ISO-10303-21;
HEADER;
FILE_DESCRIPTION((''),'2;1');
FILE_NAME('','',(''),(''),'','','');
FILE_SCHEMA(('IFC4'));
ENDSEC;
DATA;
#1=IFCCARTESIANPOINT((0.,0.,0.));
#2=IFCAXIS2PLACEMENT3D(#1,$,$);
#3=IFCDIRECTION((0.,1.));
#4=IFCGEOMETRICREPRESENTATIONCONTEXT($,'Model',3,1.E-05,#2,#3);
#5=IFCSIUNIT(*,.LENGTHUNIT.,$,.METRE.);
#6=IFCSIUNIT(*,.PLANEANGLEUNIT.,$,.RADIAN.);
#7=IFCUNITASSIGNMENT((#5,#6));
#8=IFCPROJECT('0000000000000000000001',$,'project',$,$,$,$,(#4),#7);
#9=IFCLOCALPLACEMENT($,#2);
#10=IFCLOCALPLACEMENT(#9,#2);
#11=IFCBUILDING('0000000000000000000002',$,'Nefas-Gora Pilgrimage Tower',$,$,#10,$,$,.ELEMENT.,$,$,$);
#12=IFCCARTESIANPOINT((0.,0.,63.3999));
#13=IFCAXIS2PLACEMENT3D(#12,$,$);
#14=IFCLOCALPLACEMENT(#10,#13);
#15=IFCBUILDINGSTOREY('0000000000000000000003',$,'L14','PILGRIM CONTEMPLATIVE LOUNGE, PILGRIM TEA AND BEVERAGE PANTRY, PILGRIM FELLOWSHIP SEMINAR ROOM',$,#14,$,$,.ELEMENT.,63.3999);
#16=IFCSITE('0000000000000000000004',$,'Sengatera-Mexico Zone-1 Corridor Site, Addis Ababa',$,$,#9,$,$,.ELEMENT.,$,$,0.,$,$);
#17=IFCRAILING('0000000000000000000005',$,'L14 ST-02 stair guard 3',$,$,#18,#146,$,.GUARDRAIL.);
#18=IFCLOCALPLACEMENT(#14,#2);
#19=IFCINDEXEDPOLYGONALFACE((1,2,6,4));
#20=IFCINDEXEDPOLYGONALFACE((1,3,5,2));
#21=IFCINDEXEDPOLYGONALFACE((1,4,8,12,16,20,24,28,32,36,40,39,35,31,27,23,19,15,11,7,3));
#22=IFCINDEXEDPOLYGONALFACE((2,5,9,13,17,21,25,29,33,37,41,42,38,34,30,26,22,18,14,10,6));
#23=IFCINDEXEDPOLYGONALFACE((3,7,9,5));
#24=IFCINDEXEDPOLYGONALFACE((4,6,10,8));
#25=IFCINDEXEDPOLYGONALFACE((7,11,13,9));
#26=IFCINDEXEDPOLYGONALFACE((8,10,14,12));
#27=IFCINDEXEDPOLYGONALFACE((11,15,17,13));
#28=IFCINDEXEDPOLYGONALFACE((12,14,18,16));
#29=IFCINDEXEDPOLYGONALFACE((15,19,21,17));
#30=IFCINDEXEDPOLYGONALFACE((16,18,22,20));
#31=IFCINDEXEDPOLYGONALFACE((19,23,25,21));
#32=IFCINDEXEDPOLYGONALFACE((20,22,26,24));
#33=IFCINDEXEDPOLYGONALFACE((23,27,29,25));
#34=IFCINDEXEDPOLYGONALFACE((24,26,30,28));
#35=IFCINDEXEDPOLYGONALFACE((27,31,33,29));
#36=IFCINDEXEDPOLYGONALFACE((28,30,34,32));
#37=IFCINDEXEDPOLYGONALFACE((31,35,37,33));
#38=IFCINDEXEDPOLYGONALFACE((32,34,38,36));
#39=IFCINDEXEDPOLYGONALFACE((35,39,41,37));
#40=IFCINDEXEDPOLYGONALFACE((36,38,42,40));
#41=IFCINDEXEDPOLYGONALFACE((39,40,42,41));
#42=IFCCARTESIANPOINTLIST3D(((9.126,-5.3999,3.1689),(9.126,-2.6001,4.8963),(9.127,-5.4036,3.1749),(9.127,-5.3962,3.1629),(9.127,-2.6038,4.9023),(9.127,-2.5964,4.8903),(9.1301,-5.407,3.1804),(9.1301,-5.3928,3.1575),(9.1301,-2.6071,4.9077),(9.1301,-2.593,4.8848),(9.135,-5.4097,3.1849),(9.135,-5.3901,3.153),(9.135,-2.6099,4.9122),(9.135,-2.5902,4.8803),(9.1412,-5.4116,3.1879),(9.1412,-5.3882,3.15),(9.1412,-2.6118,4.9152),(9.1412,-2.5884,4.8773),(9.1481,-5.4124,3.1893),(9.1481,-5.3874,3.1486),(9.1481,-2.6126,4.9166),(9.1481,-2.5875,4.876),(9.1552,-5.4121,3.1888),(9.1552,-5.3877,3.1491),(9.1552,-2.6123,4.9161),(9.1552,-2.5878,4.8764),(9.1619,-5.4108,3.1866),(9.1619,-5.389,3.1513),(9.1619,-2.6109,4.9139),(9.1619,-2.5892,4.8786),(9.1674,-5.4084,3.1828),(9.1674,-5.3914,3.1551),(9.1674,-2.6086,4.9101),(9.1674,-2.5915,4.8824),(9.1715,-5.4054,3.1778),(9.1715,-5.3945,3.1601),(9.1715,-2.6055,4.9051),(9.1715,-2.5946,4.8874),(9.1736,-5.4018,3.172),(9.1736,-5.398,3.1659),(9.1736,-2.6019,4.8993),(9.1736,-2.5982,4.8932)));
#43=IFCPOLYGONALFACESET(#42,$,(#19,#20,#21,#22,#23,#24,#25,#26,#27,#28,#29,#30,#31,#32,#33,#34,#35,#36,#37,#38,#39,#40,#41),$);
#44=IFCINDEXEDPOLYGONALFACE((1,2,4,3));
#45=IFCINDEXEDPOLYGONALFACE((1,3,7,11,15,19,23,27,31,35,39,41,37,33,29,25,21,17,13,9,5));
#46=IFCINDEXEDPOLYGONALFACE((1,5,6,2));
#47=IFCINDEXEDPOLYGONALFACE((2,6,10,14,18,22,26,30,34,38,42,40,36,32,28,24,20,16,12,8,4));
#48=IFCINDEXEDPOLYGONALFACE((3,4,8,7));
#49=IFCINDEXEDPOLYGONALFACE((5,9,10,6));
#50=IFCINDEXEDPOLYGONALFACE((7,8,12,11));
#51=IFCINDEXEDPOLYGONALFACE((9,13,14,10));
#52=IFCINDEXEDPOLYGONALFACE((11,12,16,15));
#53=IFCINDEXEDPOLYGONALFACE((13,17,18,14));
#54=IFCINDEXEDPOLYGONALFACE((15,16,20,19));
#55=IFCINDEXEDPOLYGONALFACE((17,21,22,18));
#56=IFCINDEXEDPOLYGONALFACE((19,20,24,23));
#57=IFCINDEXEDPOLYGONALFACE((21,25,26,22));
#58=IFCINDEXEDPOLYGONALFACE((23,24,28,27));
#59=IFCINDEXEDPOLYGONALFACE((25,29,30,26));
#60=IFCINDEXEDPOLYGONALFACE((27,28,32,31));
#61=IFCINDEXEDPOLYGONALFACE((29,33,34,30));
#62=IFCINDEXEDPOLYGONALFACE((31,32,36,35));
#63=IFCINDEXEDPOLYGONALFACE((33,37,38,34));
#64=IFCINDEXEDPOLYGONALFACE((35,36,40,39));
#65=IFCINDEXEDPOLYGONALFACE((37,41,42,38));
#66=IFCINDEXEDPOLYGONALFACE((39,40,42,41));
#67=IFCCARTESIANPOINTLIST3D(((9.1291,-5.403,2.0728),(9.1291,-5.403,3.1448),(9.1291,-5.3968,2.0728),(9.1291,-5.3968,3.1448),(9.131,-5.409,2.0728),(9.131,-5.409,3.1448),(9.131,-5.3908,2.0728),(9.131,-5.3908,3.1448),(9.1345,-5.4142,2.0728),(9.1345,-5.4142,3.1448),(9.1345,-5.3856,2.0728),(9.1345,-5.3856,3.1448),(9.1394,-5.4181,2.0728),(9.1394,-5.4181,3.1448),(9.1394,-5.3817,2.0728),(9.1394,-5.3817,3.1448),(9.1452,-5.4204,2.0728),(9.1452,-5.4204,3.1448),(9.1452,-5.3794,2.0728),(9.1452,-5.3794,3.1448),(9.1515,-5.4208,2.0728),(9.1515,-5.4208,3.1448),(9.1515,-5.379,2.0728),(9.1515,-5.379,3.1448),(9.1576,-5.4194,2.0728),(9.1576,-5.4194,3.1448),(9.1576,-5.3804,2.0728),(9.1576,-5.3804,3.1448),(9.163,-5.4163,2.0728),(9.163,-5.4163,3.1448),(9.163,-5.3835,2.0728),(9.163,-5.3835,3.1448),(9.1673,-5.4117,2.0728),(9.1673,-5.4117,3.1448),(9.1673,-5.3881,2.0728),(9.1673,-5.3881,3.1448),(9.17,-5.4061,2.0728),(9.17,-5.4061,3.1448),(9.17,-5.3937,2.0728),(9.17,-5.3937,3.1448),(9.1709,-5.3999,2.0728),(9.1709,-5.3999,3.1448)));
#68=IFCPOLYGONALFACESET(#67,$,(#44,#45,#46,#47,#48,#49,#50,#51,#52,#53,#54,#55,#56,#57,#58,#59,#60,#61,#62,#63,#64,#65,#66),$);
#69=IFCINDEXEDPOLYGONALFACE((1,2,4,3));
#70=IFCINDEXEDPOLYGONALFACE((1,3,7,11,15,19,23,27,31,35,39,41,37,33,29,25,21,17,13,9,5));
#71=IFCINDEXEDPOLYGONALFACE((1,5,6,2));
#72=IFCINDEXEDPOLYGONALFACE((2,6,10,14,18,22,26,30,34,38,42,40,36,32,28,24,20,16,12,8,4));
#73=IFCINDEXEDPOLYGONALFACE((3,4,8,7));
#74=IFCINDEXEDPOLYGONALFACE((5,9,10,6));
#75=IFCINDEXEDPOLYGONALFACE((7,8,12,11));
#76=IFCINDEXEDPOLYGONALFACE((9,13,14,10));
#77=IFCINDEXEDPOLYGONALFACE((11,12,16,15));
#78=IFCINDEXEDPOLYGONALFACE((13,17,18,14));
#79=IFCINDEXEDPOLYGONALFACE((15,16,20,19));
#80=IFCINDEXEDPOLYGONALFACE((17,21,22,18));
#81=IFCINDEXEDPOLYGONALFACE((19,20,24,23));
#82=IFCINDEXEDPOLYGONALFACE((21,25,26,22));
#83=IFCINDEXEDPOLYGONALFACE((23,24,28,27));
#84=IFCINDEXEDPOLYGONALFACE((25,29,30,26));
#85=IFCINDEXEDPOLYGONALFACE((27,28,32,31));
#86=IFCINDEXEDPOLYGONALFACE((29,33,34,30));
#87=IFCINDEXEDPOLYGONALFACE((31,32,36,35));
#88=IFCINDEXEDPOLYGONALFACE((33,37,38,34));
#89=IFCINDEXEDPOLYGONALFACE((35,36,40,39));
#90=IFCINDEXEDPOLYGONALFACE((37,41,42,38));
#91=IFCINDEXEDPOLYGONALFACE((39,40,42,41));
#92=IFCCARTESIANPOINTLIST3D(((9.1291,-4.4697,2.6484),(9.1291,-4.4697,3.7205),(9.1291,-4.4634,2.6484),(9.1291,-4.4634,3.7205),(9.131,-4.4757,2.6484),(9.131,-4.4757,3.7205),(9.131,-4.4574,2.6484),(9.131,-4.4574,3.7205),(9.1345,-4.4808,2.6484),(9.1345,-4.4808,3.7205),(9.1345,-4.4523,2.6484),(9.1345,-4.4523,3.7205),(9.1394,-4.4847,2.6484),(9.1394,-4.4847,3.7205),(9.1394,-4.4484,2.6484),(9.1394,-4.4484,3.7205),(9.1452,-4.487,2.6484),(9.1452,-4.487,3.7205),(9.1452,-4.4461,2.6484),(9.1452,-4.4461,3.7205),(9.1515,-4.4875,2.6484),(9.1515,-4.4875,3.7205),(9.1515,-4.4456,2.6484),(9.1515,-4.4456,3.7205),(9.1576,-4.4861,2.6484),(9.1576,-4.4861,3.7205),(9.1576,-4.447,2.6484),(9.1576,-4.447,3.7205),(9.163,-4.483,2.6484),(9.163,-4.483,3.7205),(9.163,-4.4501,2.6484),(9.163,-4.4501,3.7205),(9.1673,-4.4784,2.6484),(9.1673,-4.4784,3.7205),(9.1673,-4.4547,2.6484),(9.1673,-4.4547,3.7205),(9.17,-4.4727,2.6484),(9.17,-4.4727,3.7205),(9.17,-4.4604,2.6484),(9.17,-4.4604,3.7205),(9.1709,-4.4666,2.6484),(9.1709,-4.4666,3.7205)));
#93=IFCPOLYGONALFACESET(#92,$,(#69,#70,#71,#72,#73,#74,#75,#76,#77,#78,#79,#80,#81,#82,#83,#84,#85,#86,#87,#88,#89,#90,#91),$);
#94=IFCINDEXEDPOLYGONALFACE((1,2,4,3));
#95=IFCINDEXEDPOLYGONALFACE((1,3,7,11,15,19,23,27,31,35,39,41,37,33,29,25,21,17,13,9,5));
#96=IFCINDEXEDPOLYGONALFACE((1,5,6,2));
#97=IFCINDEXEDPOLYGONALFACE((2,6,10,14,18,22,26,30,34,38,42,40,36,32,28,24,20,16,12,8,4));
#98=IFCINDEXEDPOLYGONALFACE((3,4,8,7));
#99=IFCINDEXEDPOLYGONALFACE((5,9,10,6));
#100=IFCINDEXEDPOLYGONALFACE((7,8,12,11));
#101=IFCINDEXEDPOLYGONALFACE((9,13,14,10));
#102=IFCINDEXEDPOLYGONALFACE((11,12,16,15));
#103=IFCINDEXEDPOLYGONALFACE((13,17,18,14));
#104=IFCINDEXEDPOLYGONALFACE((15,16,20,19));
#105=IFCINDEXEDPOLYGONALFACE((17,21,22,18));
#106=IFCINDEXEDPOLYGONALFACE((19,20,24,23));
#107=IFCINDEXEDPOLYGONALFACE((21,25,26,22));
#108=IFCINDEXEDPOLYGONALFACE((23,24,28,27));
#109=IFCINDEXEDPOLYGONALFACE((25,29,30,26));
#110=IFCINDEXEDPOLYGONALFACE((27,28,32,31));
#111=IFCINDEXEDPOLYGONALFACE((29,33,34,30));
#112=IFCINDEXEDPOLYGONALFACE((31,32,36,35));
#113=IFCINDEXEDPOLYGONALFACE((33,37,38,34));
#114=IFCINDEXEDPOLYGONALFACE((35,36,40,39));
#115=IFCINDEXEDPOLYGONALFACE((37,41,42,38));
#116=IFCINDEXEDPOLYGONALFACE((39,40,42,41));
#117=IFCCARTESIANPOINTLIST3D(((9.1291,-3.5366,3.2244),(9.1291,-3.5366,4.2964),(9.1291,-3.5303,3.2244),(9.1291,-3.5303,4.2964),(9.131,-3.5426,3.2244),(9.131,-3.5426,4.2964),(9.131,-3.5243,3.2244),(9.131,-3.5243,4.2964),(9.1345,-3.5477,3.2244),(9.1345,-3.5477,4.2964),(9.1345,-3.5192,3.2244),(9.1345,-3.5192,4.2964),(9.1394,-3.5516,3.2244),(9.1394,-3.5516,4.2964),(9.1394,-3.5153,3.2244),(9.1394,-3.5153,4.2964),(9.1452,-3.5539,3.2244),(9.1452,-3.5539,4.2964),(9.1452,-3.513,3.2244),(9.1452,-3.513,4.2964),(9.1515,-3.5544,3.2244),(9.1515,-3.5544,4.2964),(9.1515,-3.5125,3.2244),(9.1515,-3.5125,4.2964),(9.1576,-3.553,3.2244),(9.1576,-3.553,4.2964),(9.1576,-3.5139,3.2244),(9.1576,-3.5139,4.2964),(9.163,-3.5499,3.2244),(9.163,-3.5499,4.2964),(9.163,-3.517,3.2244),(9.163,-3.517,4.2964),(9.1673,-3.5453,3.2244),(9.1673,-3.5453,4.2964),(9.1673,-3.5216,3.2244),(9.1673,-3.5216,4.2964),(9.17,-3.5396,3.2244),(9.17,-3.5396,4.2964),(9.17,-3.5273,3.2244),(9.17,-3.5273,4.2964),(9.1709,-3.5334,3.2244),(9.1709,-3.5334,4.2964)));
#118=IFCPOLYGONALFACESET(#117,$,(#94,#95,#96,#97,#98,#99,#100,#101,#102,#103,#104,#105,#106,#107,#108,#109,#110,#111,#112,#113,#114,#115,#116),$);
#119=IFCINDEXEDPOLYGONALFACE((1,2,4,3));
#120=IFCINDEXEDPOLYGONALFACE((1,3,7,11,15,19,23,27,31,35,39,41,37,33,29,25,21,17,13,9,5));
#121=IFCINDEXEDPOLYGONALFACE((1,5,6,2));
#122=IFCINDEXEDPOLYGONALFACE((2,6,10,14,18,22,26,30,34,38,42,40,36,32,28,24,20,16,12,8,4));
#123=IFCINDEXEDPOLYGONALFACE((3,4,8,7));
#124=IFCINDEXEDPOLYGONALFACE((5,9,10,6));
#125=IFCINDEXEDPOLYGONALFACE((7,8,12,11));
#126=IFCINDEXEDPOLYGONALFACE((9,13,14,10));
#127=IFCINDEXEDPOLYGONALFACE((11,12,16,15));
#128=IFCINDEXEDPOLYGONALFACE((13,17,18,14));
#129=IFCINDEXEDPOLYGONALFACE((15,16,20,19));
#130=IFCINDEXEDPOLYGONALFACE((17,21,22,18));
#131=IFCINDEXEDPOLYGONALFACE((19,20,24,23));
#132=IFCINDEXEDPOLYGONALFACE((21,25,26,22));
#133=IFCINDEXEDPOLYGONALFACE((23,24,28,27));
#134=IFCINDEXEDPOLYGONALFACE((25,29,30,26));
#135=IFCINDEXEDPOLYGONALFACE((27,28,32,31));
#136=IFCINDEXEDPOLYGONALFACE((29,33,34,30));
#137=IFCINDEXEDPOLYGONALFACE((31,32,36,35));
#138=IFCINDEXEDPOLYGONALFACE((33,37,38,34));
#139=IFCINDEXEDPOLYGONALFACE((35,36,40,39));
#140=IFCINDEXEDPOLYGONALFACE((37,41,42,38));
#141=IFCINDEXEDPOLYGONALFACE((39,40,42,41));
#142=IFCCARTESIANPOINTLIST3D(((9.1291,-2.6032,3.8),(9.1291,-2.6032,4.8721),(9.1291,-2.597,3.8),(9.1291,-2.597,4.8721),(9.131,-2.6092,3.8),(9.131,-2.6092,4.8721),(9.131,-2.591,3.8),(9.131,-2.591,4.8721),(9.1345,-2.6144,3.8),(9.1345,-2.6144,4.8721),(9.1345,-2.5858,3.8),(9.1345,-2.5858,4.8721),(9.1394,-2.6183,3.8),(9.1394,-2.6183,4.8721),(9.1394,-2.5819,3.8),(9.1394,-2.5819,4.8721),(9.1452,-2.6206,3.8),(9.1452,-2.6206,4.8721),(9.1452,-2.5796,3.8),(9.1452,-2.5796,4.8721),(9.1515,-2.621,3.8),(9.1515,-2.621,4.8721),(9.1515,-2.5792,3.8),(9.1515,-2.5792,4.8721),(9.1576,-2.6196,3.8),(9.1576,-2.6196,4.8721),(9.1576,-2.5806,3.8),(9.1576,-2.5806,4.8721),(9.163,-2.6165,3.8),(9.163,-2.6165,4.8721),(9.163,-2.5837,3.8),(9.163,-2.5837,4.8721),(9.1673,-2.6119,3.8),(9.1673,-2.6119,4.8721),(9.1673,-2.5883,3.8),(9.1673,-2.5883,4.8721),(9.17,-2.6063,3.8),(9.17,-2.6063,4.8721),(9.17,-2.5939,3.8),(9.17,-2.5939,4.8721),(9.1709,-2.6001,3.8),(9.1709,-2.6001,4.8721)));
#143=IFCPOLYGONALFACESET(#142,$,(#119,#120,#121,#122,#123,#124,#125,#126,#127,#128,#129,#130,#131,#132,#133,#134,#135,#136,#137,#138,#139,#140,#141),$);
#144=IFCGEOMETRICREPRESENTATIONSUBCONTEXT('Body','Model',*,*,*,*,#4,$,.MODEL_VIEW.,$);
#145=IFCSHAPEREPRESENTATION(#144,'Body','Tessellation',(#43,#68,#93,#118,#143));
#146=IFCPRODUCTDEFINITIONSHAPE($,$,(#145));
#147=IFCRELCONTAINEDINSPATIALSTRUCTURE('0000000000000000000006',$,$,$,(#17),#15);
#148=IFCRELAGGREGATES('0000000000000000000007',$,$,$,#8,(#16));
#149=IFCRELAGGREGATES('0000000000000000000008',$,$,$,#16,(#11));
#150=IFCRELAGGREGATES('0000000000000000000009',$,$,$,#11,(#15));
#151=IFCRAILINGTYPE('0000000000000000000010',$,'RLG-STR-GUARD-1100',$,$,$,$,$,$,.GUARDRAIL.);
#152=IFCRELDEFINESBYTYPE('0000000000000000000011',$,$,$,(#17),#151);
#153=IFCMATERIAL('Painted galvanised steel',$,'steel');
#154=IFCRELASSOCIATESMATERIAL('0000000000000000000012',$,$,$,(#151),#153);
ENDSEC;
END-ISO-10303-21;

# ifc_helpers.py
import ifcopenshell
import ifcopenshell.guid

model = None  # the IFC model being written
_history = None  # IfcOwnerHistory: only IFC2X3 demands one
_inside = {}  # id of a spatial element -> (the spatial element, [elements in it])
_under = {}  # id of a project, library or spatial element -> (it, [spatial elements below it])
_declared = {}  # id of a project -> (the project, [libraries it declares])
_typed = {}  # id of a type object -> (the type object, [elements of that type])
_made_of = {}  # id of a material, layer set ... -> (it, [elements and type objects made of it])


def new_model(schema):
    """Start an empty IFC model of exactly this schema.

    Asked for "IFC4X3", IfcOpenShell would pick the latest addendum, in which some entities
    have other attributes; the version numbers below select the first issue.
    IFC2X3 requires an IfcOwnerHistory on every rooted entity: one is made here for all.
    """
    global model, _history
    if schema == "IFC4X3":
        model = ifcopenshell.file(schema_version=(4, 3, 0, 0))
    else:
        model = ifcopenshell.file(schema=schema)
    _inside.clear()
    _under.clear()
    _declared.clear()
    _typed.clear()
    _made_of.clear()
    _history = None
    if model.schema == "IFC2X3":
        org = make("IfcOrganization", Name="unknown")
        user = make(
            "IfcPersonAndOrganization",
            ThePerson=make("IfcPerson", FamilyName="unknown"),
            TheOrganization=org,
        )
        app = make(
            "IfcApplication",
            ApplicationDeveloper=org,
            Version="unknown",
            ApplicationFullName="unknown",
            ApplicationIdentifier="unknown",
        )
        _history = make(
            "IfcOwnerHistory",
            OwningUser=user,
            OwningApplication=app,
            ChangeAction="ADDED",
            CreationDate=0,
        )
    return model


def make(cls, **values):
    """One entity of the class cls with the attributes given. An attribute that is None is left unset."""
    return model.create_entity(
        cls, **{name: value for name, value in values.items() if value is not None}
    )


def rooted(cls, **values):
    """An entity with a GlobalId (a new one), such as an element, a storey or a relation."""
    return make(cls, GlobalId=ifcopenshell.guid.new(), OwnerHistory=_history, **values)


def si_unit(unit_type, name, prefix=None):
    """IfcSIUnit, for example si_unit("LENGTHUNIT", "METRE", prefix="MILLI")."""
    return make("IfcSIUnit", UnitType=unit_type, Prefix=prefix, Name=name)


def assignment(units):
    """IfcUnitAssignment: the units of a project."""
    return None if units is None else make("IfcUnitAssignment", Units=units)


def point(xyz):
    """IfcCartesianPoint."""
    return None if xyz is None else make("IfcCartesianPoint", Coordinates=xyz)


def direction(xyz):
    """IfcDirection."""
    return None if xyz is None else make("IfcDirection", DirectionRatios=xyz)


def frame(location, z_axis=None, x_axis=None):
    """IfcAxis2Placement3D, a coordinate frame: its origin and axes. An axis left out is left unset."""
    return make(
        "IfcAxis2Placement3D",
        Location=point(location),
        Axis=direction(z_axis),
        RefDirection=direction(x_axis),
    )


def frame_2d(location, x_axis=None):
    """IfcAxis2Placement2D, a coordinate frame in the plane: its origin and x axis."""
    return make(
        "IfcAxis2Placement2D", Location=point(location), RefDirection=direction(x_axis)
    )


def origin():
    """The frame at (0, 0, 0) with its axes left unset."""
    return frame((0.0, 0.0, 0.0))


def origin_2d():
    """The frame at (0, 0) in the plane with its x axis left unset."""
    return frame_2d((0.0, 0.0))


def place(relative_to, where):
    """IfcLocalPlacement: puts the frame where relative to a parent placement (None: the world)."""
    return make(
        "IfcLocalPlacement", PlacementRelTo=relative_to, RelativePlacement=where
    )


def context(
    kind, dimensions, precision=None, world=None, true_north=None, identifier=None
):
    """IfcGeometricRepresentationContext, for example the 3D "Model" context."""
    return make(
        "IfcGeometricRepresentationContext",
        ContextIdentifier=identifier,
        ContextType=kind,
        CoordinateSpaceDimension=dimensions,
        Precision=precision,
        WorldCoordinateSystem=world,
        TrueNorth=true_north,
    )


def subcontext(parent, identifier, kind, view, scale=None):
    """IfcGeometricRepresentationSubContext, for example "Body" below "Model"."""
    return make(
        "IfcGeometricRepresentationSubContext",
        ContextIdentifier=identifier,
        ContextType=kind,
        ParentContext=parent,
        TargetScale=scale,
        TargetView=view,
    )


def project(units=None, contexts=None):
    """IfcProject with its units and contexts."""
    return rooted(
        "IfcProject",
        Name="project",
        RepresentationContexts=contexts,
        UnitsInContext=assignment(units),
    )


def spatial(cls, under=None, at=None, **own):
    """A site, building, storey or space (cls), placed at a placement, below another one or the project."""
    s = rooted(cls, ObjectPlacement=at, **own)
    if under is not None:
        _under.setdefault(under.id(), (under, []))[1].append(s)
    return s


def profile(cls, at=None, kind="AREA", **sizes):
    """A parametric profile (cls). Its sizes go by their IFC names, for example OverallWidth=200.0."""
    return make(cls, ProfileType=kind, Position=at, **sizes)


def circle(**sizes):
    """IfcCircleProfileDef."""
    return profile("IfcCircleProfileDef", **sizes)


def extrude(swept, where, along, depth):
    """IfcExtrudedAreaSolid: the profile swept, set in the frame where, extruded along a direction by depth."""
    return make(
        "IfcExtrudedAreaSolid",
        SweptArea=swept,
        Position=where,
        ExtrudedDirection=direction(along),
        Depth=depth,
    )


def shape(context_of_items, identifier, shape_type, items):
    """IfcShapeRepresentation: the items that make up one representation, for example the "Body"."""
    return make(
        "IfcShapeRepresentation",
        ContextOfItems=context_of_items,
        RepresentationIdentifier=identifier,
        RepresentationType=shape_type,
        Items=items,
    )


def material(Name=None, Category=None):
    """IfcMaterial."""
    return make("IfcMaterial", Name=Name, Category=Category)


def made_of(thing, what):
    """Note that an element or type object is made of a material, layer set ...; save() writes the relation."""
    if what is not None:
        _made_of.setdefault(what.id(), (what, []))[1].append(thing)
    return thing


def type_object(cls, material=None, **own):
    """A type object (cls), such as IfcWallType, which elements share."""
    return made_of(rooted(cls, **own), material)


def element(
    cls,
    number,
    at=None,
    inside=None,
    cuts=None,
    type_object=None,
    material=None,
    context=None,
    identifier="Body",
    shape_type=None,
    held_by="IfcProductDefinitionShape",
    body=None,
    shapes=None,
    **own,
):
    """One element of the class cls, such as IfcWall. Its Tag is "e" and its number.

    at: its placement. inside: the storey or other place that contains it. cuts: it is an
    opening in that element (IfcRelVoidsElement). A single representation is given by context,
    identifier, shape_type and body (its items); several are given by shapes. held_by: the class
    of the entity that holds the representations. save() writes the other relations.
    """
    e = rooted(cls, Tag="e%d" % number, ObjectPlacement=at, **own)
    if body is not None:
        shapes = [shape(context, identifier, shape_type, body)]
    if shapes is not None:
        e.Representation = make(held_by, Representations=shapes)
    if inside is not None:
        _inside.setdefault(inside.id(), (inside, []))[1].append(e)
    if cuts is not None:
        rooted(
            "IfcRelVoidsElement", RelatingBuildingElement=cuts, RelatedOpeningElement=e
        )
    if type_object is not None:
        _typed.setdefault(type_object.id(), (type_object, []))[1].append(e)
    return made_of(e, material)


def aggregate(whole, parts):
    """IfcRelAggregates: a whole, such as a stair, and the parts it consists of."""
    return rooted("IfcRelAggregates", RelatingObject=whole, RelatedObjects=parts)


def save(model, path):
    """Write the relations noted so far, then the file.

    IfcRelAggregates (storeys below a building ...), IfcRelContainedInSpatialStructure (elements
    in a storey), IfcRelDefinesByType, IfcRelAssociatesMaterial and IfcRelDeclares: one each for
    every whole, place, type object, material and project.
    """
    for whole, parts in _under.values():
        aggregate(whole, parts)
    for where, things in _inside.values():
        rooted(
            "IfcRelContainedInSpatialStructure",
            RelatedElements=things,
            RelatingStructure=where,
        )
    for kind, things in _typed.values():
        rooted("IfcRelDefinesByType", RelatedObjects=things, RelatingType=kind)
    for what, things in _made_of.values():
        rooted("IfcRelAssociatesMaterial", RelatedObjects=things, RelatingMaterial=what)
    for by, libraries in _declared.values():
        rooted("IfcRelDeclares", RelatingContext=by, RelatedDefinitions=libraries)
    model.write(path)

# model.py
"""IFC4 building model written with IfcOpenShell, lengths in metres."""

from ifc_helpers import new_model, si_unit, direction, frame, origin, origin_2d, place, context, subcontext, project, spatial, circle, extrude, material, type_object, element, save


model = new_model("IFC4")

# Units and contexts
model_context = context("Model", 3, precision=1e-05, world=origin(), true_north=direction((0.0, 1.0)))
body_context = subcontext(model_context, "Body", "Model", "MODEL_VIEW")
ifc_project = project(units=[si_unit("LENGTHUNIT", "METRE"), si_unit("PLANEANGLEUNIT", "RADIAN")], contexts=[model_context])

# Site, building, storey
site_placement = place(None, origin())
site = spatial("IfcSite", under=ifc_project, at=site_placement, Name="Sengatera-Mexico Zone-1 Corridor Site, Addis Ababa", CompositionType="ELEMENT", RefElevation=0.0)
building_placement = place(site_placement, origin())
building = spatial("IfcBuilding", under=site, at=building_placement, Name="Nefas-Gora Pilgrimage Tower", CompositionType="ELEMENT")
storey_placement = place(building_placement, frame((0.0, 0.0, 63.3999)))
storey = spatial("IfcBuildingStorey", under=building, at=storey_placement, Name="L14", Description="PILGRIM CONTEMPLATIVE LOUNGE, PILGRIM TEA AND BEVERAGE PANTRY, PILGRIM FELLOWSHIP SEMINAR ROOM", CompositionType="ELEMENT", Elevation=63.3999)

# Railing
ifc_material_1 = material(Name="Painted galvanised steel", Category="steel")
railing_type_1 = type_object("IfcRailingType", Name="RLG-STR-GUARD-1100", PredefinedType="GUARDRAIL", material=ifc_material_1)
railing_1_placement = place(storey_placement, frame((9.1499, -5.3999, 2.0728)))
element("IfcRailing", 1, at=railing_1_placement, inside=storey, type_object=railing_type_1, Name="L14 ST-02 stair guard 3", PredefinedType="GUARDRAIL", context=body_context, shape_type="SweptSolid", body=[
    extrude(circle(Radius=0.0239, at=origin_2d()), frame((0.0, 0.0, 1.0962), z_axis=(0.0, 0.851069, 0.525054), x_axis=(-1.0, 0.0, 0.0)), (0.0, 0.0, 1.0), 3.2898),
    extrude(circle(Radius=0.021, at=origin_2d()), origin(), (0.0, 0.0, 1.0), 1.072),
    extrude(circle(Radius=0.021, at=origin_2d()), frame((0.0, 0.9333, 0.5757)), (0.0, 0.0, 1.0), 1.072),
    extrude(circle(Radius=0.021, at=origin_2d()), frame((0.0, 1.8665, 1.1516)), (0.0, 0.0, 1.0), 1.072),
    extrude(circle(Radius=0.021, at=origin_2d()), frame((0.0, 2.7998, 1.7273)), (0.0, 0.0, 1.0), 1.072),
])

save(model, "model.ifc")
